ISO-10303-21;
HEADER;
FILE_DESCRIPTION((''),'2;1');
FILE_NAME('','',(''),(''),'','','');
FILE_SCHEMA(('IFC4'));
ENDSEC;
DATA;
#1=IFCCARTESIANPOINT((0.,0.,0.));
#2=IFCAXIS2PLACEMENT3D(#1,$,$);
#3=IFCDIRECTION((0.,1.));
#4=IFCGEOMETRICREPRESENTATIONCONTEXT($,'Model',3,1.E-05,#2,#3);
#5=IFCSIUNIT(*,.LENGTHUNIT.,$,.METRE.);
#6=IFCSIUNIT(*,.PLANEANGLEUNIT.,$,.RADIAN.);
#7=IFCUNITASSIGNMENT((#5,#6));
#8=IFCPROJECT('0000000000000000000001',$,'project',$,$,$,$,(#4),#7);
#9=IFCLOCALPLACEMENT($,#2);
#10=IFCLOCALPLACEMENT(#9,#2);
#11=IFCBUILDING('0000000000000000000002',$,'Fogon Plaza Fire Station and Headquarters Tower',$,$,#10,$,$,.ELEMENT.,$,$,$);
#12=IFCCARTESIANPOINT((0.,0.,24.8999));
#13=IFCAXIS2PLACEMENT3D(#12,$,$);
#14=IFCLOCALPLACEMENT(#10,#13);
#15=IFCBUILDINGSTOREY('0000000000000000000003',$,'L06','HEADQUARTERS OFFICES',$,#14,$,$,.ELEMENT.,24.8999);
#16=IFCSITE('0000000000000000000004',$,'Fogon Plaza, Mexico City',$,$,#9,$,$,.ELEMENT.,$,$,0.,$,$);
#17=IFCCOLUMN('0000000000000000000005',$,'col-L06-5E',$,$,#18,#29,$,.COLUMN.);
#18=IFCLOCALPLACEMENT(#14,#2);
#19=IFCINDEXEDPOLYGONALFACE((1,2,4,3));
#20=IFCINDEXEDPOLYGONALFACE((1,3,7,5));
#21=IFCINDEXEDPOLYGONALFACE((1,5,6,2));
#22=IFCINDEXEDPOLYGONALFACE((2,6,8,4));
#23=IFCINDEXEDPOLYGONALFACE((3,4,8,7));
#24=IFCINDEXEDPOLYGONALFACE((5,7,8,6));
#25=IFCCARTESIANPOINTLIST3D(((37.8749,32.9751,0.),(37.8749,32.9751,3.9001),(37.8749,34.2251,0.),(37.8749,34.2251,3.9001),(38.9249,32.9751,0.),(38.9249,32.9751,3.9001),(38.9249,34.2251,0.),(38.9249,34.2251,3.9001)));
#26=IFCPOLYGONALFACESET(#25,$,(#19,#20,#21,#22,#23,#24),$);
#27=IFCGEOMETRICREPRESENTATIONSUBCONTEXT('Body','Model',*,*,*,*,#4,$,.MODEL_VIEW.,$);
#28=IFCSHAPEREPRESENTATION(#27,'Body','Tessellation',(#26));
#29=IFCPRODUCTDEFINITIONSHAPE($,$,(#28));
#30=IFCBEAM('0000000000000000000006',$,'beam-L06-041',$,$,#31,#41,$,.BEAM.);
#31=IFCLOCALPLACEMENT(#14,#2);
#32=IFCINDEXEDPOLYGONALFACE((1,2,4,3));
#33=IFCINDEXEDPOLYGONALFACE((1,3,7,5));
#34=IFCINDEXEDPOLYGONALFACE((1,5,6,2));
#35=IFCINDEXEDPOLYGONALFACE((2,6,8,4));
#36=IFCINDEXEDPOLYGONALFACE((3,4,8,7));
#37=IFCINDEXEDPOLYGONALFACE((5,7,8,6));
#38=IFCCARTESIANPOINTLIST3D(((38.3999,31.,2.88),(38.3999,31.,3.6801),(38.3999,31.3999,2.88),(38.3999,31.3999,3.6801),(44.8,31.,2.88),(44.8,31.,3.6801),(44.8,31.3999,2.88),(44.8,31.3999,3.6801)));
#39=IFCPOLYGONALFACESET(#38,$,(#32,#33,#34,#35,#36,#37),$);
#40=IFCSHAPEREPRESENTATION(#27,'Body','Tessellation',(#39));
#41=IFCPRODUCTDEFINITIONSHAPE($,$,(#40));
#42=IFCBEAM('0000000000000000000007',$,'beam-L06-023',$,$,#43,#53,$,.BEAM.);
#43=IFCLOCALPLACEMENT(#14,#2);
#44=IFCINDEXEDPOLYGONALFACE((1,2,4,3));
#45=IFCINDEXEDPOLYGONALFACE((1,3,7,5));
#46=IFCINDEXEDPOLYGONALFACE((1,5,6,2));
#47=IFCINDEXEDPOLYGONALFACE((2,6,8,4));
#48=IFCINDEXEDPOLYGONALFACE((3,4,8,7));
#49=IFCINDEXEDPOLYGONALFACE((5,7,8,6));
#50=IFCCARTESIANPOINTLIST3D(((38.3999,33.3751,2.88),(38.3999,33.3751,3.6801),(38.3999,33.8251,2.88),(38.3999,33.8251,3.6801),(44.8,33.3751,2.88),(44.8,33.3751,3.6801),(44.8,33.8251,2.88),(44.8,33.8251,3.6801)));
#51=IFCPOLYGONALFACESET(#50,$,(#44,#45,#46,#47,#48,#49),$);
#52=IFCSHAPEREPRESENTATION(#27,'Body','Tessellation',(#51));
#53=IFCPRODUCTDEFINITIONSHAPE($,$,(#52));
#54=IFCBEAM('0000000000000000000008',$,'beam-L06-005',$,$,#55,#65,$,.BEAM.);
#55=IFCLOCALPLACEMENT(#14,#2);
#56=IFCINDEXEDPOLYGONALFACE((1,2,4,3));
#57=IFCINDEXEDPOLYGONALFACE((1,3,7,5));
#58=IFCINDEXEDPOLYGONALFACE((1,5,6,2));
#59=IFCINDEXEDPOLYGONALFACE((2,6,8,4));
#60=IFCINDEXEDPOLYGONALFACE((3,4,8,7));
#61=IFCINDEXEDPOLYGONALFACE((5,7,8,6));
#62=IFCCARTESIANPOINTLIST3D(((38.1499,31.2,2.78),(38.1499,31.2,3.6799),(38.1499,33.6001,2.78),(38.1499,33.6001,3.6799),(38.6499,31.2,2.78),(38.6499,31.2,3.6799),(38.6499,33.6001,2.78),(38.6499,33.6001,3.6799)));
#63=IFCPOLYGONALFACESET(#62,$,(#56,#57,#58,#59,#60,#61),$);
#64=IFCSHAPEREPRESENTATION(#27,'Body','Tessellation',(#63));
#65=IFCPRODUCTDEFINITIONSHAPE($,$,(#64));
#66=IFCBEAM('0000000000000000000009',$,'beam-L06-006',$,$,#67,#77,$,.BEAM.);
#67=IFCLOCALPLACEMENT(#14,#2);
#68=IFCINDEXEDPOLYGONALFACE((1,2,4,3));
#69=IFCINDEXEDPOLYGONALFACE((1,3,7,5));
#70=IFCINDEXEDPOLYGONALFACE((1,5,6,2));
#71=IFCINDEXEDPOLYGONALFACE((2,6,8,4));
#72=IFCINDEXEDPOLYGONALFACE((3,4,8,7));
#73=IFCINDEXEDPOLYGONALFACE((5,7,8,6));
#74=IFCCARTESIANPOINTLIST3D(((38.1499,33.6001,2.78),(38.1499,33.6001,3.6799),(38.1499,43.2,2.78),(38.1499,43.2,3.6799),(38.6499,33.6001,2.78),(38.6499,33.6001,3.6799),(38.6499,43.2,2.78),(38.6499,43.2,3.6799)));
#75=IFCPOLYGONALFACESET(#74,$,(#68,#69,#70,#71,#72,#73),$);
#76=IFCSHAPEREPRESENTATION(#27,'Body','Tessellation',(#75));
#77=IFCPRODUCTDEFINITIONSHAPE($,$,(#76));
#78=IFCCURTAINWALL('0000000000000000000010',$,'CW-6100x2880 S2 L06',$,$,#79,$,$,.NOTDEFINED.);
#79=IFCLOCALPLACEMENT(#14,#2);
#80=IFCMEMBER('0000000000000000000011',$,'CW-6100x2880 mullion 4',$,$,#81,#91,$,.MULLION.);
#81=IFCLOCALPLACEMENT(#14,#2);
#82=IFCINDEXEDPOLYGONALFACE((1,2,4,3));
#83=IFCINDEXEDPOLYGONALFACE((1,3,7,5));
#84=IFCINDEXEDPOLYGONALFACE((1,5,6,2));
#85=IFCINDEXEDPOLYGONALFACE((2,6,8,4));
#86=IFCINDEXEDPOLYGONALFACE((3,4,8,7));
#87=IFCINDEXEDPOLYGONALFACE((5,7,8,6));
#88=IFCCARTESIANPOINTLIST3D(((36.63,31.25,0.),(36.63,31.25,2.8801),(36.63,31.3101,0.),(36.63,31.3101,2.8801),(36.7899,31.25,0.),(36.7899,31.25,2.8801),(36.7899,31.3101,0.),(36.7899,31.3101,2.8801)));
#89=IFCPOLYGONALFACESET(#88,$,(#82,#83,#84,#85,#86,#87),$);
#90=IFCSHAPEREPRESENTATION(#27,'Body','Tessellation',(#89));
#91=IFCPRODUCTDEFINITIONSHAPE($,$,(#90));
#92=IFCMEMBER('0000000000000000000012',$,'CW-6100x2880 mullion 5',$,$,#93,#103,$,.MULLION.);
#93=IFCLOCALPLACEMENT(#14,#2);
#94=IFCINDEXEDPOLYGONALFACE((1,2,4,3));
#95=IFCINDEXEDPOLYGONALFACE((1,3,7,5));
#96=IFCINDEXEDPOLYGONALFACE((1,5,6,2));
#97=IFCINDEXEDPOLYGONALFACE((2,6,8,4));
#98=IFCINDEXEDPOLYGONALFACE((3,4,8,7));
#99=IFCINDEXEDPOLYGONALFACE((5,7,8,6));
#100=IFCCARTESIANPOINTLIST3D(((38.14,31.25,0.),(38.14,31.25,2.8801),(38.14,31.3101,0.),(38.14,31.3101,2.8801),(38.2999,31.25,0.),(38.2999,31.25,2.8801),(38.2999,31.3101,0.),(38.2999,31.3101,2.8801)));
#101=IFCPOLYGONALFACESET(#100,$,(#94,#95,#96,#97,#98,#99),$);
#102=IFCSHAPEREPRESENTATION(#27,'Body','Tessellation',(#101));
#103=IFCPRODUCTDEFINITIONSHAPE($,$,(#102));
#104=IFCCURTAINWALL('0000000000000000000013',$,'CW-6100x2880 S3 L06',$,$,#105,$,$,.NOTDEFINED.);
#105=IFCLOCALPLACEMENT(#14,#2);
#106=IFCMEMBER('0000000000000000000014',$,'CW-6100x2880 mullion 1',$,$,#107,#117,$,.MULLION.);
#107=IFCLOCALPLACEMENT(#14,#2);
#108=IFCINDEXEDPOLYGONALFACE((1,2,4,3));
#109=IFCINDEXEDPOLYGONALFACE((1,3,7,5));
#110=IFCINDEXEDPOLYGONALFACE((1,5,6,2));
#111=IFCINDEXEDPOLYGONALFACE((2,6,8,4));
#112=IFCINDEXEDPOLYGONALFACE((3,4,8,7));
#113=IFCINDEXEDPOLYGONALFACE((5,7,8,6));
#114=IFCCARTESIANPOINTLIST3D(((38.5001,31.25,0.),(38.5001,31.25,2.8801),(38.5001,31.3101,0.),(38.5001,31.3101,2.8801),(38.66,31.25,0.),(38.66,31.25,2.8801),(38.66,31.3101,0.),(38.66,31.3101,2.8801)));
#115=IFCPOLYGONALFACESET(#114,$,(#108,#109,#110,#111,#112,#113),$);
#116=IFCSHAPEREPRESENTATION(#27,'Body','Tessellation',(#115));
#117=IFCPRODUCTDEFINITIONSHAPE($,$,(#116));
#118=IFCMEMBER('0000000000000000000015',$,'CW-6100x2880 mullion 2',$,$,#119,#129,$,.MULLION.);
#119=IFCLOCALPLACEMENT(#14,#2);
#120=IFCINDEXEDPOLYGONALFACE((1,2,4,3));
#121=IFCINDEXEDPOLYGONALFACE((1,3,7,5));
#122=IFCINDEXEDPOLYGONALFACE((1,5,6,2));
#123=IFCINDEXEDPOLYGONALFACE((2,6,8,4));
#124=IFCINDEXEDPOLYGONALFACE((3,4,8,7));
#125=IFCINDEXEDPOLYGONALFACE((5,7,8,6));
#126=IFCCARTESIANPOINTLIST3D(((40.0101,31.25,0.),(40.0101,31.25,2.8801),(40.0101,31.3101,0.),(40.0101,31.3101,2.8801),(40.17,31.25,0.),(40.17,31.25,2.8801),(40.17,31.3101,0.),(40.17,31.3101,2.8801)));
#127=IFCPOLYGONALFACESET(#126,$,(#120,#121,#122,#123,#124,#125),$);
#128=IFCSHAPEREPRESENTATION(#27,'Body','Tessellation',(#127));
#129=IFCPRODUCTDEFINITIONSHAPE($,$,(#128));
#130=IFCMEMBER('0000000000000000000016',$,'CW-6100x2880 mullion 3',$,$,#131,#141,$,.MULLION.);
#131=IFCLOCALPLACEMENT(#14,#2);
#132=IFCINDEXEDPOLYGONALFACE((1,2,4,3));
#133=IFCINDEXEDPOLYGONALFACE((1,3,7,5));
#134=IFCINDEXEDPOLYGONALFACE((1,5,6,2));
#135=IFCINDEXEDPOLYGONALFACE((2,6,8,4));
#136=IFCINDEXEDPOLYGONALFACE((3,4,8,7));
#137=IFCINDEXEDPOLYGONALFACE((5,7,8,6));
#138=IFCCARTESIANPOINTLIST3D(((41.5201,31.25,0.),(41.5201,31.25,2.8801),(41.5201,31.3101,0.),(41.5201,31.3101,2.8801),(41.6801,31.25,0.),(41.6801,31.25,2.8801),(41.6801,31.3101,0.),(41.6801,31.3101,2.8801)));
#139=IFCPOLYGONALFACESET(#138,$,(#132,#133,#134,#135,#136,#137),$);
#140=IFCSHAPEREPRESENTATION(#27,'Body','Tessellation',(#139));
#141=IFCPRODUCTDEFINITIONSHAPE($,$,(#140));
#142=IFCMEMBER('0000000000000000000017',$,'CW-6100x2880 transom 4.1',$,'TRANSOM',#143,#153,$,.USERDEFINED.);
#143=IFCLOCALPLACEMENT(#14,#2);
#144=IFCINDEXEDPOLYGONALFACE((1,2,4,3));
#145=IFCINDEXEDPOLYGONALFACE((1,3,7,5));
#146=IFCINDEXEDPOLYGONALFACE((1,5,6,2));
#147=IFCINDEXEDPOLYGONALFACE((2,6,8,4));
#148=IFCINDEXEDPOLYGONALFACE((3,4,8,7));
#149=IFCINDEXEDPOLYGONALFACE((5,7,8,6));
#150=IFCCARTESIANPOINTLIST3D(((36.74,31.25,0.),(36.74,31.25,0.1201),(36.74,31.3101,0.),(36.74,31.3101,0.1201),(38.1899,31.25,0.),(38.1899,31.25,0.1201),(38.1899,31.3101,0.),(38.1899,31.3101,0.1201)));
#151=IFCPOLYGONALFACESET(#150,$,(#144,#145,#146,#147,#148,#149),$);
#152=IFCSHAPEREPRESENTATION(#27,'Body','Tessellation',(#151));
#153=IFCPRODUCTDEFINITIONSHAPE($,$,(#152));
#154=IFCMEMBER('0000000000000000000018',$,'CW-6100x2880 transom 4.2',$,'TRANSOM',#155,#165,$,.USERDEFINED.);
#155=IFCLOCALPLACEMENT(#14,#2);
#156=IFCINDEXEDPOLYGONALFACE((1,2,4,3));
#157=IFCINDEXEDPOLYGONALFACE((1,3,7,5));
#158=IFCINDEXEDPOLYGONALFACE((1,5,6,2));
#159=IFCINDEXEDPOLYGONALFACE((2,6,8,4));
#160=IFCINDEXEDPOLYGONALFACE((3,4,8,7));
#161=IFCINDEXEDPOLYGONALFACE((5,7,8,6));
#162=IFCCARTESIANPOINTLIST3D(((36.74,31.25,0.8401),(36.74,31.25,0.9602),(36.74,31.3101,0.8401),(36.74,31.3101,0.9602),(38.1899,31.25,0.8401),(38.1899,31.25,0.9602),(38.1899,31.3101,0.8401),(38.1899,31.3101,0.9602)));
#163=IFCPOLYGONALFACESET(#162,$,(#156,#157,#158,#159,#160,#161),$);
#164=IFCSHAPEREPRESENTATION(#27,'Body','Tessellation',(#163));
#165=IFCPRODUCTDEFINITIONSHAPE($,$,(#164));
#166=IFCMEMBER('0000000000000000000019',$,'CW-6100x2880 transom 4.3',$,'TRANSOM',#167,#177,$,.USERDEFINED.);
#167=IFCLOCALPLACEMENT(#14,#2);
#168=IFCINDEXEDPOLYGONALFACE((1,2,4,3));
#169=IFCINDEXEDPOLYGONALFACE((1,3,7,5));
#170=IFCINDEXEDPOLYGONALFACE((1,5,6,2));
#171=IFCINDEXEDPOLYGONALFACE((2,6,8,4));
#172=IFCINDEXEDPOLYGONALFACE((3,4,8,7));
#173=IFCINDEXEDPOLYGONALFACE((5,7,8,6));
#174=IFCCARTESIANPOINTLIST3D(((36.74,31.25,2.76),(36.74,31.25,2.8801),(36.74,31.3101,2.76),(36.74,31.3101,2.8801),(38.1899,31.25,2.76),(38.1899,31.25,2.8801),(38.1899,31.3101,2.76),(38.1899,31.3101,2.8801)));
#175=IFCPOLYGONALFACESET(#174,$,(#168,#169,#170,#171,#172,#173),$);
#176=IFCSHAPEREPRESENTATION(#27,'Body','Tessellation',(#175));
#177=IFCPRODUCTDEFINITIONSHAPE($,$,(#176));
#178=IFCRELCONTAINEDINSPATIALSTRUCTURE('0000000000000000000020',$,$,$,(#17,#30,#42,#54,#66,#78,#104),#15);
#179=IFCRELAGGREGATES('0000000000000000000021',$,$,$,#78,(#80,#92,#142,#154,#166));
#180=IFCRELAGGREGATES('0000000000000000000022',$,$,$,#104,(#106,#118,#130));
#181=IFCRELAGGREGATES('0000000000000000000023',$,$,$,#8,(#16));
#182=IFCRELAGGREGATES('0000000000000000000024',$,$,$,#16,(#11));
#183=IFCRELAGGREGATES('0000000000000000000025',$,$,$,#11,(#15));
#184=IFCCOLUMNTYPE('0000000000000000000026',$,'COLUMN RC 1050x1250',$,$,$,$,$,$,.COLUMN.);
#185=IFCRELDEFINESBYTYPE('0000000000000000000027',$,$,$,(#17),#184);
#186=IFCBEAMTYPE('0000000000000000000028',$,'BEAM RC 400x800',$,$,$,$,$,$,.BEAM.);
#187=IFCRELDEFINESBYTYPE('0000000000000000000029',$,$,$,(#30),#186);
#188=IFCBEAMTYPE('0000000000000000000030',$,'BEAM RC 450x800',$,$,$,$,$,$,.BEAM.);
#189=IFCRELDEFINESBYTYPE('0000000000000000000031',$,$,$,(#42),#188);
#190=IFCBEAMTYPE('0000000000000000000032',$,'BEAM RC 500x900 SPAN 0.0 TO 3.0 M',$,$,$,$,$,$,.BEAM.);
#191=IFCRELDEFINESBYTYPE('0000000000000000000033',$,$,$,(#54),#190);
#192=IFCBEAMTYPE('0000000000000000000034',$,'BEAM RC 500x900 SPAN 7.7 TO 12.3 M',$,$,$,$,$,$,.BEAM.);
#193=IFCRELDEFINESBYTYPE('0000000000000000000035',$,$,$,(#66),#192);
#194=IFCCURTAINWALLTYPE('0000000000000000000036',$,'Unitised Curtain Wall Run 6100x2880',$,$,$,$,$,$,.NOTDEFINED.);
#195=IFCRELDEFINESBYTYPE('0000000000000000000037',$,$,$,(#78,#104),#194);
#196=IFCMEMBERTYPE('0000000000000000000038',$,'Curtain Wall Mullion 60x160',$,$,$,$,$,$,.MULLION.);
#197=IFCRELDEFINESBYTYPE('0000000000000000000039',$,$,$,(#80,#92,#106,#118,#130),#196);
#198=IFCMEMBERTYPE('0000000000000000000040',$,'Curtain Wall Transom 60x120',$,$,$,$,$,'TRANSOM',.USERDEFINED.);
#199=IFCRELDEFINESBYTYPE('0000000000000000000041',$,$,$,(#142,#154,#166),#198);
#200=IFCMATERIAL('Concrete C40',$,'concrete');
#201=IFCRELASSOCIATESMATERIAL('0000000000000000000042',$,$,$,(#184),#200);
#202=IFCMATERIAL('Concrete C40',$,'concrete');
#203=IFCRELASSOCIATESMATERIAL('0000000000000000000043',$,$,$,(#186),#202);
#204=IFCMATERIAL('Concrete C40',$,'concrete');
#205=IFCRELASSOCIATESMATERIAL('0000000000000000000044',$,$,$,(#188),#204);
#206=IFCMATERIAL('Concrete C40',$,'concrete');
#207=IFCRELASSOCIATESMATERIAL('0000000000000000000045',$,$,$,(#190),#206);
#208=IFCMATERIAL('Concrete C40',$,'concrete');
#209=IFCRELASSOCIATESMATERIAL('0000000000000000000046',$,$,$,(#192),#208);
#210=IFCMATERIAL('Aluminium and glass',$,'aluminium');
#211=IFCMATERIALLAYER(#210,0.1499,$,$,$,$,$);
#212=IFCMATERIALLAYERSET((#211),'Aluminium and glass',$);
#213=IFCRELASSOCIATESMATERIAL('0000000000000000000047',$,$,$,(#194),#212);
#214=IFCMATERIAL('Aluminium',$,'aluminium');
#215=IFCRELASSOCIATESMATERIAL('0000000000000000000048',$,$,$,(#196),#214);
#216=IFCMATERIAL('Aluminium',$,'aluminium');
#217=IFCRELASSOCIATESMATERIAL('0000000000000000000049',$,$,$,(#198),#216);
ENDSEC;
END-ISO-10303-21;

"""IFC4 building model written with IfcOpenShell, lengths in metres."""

from ifc_helpers import new_model, si_unit, direction, frame, origin, origin_2d, place, context, subcontext, project, spatial, rectangle, extrude, material, layer, layer_set, material_profile, profile_set, type_object, element, aggregate, save


model = new_model("IFC4")

# Units and contexts
model_context = context("Model", 3, precision=1e-05, world=origin(), true_north=direction((0.0, 1.0)))
body_context = subcontext(model_context, "Body", "Model", "MODEL_VIEW")
ifc_project = project(units=[si_unit("LENGTHUNIT", "METRE"), si_unit("PLANEANGLEUNIT", "RADIAN")], contexts=[model_context])

# Site, building, storey
site_placement = place(None, origin())
site = spatial("IfcSite", under=ifc_project, at=site_placement, Name="Fogon Plaza, Mexico City", CompositionType="ELEMENT", RefElevation=0.0)
building_placement = place(site_placement, origin())
building = spatial("IfcBuilding", under=site, at=building_placement, Name="Fogon Plaza Fire Station and Headquarters Tower", CompositionType="ELEMENT")
storey_placement = place(building_placement, frame((0.0, 0.0, 24.8999)))
storey = spatial("IfcBuildingStorey", under=building, at=storey_placement, Name="L06", Description="HEADQUARTERS OFFICES", CompositionType="ELEMENT", Elevation=24.8999)

# Column
ifc_material_1 = material(Name="Concrete C40", Category="concrete")
ifc_material_profile_1 = material_profile(ifc_material_1, rectangle(XDim=1.05, YDim=1.25, at=origin_2d()), Name="RC 1050x1250")
ifc_profile_set_1 = profile_set([ifc_material_profile_1], Name="Concrete C40")
column_type = type_object("IfcColumnType", Name="COLUMN RC 1050x1250", PredefinedType="COLUMN", material=ifc_profile_set_1)
column_placement = place(storey_placement, frame((38.3999, 33.6001, 0.0), z_axis=(0.0, 0.0, 1.0), x_axis=(1.0, 0.0, 0.0)))
element("IfcColumn", 1, at=column_placement, inside=storey, type_object=column_type, Name="col-L06-5E", PredefinedType="COLUMN", context=body_context, shape_type="SweptSolid", body=[
    extrude(rectangle(XDim=1.05, YDim=1.25, at=origin_2d()), origin(), (0.0, 0.0, 1.0), 3.9001),
])

# Beams
ifc_material_2 = material(Name="Concrete C40", Category="concrete")
ifc_material_profile_2 = material_profile(ifc_material_2, rectangle(XDim=0.3999, YDim=0.8, at=origin_2d()), Name="RC 400x800")
ifc_profile_set_2 = profile_set([ifc_material_profile_2], Name="Concrete C40")
beam_type_1 = type_object("IfcBeamType", Name="BEAM RC 400x800", PredefinedType="BEAM", material=ifc_profile_set_2)
beam_1_placement = place(storey_placement, frame((38.3999, 31.2, 3.28), z_axis=(1.0, 0.0, 0.0), x_axis=(0.0, 1.0, 0.0)))
element("IfcBeam", 2, at=beam_1_placement, inside=storey, type_object=beam_type_1, Name="beam-L06-041", PredefinedType="BEAM", context=body_context, shape_type="SweptSolid", body=[
    extrude(rectangle(XDim=0.3999, YDim=0.8, at=origin_2d()), origin(), (0.0, 0.0, 1.0), 6.4001),
])
ifc_material_3 = material(Name="Concrete C40", Category="concrete")
ifc_material_profile_3 = material_profile(ifc_material_3, rectangle(XDim=0.45, YDim=0.8, at=origin_2d()), Name="RC 450x800")
ifc_profile_set_3 = profile_set([ifc_material_profile_3], Name="Concrete C40")
beam_type_2 = type_object("IfcBeamType", Name="BEAM RC 450x800", PredefinedType="BEAM", material=ifc_profile_set_3)
beam_2_placement = place(storey_placement, frame((38.3999, 33.6001, 3.28), z_axis=(1.0, 0.0, 0.0), x_axis=(0.0, 1.0, 0.0)))
element("IfcBeam", 3, at=beam_2_placement, inside=storey, type_object=beam_type_2, Name="beam-L06-023", PredefinedType="BEAM", context=body_context, shape_type="SweptSolid", body=[
    extrude(rectangle(XDim=0.45, YDim=0.8, at=origin_2d()), origin(), (0.0, 0.0, 1.0), 6.4001),
])
ifc_material_4 = material(Name="Concrete C40", Category="concrete")
ifc_material_profile_4 = material_profile(ifc_material_4, rectangle(XDim=0.5, YDim=0.8999, at=origin_2d()), Name="RC 500x900")
ifc_profile_set_4 = profile_set([ifc_material_profile_4], Name="Concrete C40")
beam_type_3 = type_object("IfcBeamType", Name="BEAM RC 500x900 SPAN 0.0 TO 3.0 M", PredefinedType="BEAM", material=ifc_profile_set_4)
beam_3_placement = place(storey_placement, frame((38.3999, 31.2, 3.23), z_axis=(0.0, 1.0, 0.0), x_axis=(-1.0, 0.0, 0.0)))
element("IfcBeam", 4, at=beam_3_placement, inside=storey, type_object=beam_type_3, Name="beam-L06-005", PredefinedType="BEAM", context=body_context, shape_type="SweptSolid", body=[
    extrude(rectangle(XDim=0.5, YDim=0.8999, at=origin_2d()), origin(), (0.0, 0.0, 1.0), 2.4001),
])
ifc_material_5 = material(Name="Concrete C40", Category="concrete")
ifc_material_profile_5 = material_profile(ifc_material_5, rectangle(XDim=0.5, YDim=0.8999, at=origin_2d()), Name="RC 500x900")
ifc_profile_set_5 = profile_set([ifc_material_profile_5], Name="Concrete C40")
beam_type_4 = type_object("IfcBeamType", Name="BEAM RC 500x900 SPAN 7.7 TO 12.3 M", PredefinedType="BEAM", material=ifc_profile_set_5)
beam_4_placement = place(storey_placement, frame((38.3999, 33.6001, 3.23), z_axis=(0.0, 1.0, 0.0), x_axis=(-1.0, 0.0, 0.0)))
element("IfcBeam", 5, at=beam_4_placement, inside=storey, type_object=beam_type_4, Name="beam-L06-006", PredefinedType="BEAM", context=body_context, shape_type="SweptSolid", body=[
    extrude(rectangle(XDim=0.5, YDim=0.8999, at=origin_2d()), origin(), (0.0, 0.0, 1.0), 9.5999),
])

# Curtain walls, members
ifc_material_6 = material(Name="Aluminium and glass", Category="aluminium")
ifc_layer_1 = layer(ifc_material_6, 0.1499)
ifc_layer_set_1 = layer_set([ifc_layer_1], Name="Aluminium and glass")
curtain_wall_type = type_object("IfcCurtainWallType", Name="Unitised Curtain Wall Run 6100x2880", PredefinedType="NOTDEFINED", material=ifc_layer_set_1)
curtain_wall_1_placement = place(storey_placement, origin())
curtain_wall_1 = element("IfcCurtainWall", 6, at=curtain_wall_1_placement, inside=storey, type_object=curtain_wall_type, Name="CW-6100x2880 S2 L06", PredefinedType="NOTDEFINED")
ifc_material_7 = material(Name="Aluminium", Category="aluminium")
ifc_material_profile_6 = material_profile(ifc_material_7, rectangle(XDim=0.0601, YDim=0.1599, at=origin_2d()), Name="Curtain Wall Mullion 60x160")
ifc_profile_set_6 = profile_set([ifc_material_profile_6], Name="Aluminium")
member_type_1 = type_object("IfcMemberType", Name="Curtain Wall Mullion 60x160", PredefinedType="MULLION", material=ifc_profile_set_6)
member_1_placement = place(storey_placement, frame((36.71, 31.28, 0.0), z_axis=(0.0, 0.0, 1.0), x_axis=(0.0, 1.0, 0.0)))
member_1 = element("IfcMember", 7, at=member_1_placement, type_object=member_type_1, Name="CW-6100x2880 mullion 4", PredefinedType="MULLION", context=body_context, shape_type="SweptSolid", body=[
    extrude(rectangle(XDim=0.0601, YDim=0.1599, at=origin_2d()), origin(), (0.0, 0.0, 1.0), 2.8801),
])
member_2_placement = place(storey_placement, frame((38.22, 31.28, 0.0), z_axis=(0.0, 0.0, 1.0), x_axis=(0.0, 1.0, 0.0)))
member_2 = element("IfcMember", 8, at=member_2_placement, type_object=member_type_1, Name="CW-6100x2880 mullion 5", PredefinedType="MULLION", context=body_context, shape_type="SweptSolid", body=[
    extrude(rectangle(XDim=0.0601, YDim=0.1599, at=origin_2d()), origin(), (0.0, 0.0, 1.0), 2.8801),
])
curtain_wall_2_placement = place(storey_placement, origin())
curtain_wall_2 = element("IfcCurtainWall", 9, at=curtain_wall_2_placement, inside=storey, type_object=curtain_wall_type, Name="CW-6100x2880 S3 L06", PredefinedType="NOTDEFINED")
member_3_placement = place(storey_placement, frame((38.5801, 31.28, 0.0), z_axis=(0.0, 0.0, 1.0), x_axis=(0.0, 1.0, 0.0)))
member_3 = element("IfcMember", 10, at=member_3_placement, type_object=member_type_1, Name="CW-6100x2880 mullion 1", PredefinedType="MULLION", context=body_context, shape_type="SweptSolid", body=[
    extrude(rectangle(XDim=0.0601, YDim=0.1599, at=origin_2d()), origin(), (0.0, 0.0, 1.0), 2.8801),
])
member_4_placement = place(storey_placement, frame((40.0901, 31.28, 0.0), z_axis=(0.0, 0.0, 1.0), x_axis=(0.0, 1.0, 0.0)))
member_4 = element("IfcMember", 11, at=member_4_placement, type_object=member_type_1, Name="CW-6100x2880 mullion 2", PredefinedType="MULLION", context=body_context, shape_type="SweptSolid", body=[
    extrude(rectangle(XDim=0.0601, YDim=0.1599, at=origin_2d()), origin(), (0.0, 0.0, 1.0), 2.8801),
])
member_5_placement = place(storey_placement, frame((41.6001, 31.28, 0.0), z_axis=(0.0, 0.0, 1.0), x_axis=(0.0, 1.0, 0.0)))
member_5 = element("IfcMember", 12, at=member_5_placement, type_object=member_type_1, Name="CW-6100x2880 mullion 3", PredefinedType="MULLION", context=body_context, shape_type="SweptSolid", body=[
    extrude(rectangle(XDim=0.0601, YDim=0.1599, at=origin_2d()), origin(), (0.0, 0.0, 1.0), 2.8801),
])

# Members
ifc_material_8 = material(Name="Aluminium", Category="aluminium")
ifc_material_profile_7 = material_profile(ifc_material_8, rectangle(XDim=0.0601, YDim=0.1201, at=origin_2d()), Name="Curtain Wall Transom 60x120")
ifc_profile_set_7 = profile_set([ifc_material_profile_7], Name="Aluminium")
member_type_2 = type_object("IfcMemberType", Name="Curtain Wall Transom 60x120", ElementType="TRANSOM", PredefinedType="USERDEFINED", material=ifc_profile_set_7)
member_6_placement = place(storey_placement, frame((36.74, 31.28, 0.0601), z_axis=(1.0, 0.0, 0.0), x_axis=(0.0, 1.0, 0.0)))
member_6 = element("IfcMember", 13, at=member_6_placement, type_object=member_type_2, Name="CW-6100x2880 transom 4.1", ObjectType="TRANSOM", PredefinedType="USERDEFINED", context=body_context, shape_type="SweptSolid", body=[
    extrude(rectangle(XDim=0.0601, YDim=0.1201, at=origin_2d()), origin(), (0.0, 0.0, 1.0), 1.45),
])
member_7_placement = place(storey_placement, frame((36.74, 31.28, 0.9001), z_axis=(1.0, 0.0, 0.0), x_axis=(0.0, 1.0, 0.0)))
member_7 = element("IfcMember", 14, at=member_7_placement, type_object=member_type_2, Name="CW-6100x2880 transom 4.2", ObjectType="TRANSOM", PredefinedType="USERDEFINED", context=body_context, shape_type="SweptSolid", body=[
    extrude(rectangle(XDim=0.0601, YDim=0.1201, at=origin_2d()), origin(), (0.0, 0.0, 1.0), 1.45),
])
member_8_placement = place(storey_placement, frame((36.74, 31.28, 2.8201), z_axis=(1.0, 0.0, 0.0), x_axis=(0.0, 1.0, 0.0)))
member_8 = element("IfcMember", 15, at=member_8_placement, type_object=member_type_2, Name="CW-6100x2880 transom 4.3", ObjectType="TRANSOM", PredefinedType="USERDEFINED", context=body_context, shape_type="SweptSolid", body=[
    extrude(rectangle(XDim=0.0601, YDim=0.1201, at=origin_2d()), origin(), (0.0, 0.0, 1.0), 1.45),
])

aggregate(curtain_wall_1, [member_1, member_2, member_6, member_7, member_8])
aggregate(curtain_wall_2, [member_3, member_4, member_5])

save(model, "model.ifc")
